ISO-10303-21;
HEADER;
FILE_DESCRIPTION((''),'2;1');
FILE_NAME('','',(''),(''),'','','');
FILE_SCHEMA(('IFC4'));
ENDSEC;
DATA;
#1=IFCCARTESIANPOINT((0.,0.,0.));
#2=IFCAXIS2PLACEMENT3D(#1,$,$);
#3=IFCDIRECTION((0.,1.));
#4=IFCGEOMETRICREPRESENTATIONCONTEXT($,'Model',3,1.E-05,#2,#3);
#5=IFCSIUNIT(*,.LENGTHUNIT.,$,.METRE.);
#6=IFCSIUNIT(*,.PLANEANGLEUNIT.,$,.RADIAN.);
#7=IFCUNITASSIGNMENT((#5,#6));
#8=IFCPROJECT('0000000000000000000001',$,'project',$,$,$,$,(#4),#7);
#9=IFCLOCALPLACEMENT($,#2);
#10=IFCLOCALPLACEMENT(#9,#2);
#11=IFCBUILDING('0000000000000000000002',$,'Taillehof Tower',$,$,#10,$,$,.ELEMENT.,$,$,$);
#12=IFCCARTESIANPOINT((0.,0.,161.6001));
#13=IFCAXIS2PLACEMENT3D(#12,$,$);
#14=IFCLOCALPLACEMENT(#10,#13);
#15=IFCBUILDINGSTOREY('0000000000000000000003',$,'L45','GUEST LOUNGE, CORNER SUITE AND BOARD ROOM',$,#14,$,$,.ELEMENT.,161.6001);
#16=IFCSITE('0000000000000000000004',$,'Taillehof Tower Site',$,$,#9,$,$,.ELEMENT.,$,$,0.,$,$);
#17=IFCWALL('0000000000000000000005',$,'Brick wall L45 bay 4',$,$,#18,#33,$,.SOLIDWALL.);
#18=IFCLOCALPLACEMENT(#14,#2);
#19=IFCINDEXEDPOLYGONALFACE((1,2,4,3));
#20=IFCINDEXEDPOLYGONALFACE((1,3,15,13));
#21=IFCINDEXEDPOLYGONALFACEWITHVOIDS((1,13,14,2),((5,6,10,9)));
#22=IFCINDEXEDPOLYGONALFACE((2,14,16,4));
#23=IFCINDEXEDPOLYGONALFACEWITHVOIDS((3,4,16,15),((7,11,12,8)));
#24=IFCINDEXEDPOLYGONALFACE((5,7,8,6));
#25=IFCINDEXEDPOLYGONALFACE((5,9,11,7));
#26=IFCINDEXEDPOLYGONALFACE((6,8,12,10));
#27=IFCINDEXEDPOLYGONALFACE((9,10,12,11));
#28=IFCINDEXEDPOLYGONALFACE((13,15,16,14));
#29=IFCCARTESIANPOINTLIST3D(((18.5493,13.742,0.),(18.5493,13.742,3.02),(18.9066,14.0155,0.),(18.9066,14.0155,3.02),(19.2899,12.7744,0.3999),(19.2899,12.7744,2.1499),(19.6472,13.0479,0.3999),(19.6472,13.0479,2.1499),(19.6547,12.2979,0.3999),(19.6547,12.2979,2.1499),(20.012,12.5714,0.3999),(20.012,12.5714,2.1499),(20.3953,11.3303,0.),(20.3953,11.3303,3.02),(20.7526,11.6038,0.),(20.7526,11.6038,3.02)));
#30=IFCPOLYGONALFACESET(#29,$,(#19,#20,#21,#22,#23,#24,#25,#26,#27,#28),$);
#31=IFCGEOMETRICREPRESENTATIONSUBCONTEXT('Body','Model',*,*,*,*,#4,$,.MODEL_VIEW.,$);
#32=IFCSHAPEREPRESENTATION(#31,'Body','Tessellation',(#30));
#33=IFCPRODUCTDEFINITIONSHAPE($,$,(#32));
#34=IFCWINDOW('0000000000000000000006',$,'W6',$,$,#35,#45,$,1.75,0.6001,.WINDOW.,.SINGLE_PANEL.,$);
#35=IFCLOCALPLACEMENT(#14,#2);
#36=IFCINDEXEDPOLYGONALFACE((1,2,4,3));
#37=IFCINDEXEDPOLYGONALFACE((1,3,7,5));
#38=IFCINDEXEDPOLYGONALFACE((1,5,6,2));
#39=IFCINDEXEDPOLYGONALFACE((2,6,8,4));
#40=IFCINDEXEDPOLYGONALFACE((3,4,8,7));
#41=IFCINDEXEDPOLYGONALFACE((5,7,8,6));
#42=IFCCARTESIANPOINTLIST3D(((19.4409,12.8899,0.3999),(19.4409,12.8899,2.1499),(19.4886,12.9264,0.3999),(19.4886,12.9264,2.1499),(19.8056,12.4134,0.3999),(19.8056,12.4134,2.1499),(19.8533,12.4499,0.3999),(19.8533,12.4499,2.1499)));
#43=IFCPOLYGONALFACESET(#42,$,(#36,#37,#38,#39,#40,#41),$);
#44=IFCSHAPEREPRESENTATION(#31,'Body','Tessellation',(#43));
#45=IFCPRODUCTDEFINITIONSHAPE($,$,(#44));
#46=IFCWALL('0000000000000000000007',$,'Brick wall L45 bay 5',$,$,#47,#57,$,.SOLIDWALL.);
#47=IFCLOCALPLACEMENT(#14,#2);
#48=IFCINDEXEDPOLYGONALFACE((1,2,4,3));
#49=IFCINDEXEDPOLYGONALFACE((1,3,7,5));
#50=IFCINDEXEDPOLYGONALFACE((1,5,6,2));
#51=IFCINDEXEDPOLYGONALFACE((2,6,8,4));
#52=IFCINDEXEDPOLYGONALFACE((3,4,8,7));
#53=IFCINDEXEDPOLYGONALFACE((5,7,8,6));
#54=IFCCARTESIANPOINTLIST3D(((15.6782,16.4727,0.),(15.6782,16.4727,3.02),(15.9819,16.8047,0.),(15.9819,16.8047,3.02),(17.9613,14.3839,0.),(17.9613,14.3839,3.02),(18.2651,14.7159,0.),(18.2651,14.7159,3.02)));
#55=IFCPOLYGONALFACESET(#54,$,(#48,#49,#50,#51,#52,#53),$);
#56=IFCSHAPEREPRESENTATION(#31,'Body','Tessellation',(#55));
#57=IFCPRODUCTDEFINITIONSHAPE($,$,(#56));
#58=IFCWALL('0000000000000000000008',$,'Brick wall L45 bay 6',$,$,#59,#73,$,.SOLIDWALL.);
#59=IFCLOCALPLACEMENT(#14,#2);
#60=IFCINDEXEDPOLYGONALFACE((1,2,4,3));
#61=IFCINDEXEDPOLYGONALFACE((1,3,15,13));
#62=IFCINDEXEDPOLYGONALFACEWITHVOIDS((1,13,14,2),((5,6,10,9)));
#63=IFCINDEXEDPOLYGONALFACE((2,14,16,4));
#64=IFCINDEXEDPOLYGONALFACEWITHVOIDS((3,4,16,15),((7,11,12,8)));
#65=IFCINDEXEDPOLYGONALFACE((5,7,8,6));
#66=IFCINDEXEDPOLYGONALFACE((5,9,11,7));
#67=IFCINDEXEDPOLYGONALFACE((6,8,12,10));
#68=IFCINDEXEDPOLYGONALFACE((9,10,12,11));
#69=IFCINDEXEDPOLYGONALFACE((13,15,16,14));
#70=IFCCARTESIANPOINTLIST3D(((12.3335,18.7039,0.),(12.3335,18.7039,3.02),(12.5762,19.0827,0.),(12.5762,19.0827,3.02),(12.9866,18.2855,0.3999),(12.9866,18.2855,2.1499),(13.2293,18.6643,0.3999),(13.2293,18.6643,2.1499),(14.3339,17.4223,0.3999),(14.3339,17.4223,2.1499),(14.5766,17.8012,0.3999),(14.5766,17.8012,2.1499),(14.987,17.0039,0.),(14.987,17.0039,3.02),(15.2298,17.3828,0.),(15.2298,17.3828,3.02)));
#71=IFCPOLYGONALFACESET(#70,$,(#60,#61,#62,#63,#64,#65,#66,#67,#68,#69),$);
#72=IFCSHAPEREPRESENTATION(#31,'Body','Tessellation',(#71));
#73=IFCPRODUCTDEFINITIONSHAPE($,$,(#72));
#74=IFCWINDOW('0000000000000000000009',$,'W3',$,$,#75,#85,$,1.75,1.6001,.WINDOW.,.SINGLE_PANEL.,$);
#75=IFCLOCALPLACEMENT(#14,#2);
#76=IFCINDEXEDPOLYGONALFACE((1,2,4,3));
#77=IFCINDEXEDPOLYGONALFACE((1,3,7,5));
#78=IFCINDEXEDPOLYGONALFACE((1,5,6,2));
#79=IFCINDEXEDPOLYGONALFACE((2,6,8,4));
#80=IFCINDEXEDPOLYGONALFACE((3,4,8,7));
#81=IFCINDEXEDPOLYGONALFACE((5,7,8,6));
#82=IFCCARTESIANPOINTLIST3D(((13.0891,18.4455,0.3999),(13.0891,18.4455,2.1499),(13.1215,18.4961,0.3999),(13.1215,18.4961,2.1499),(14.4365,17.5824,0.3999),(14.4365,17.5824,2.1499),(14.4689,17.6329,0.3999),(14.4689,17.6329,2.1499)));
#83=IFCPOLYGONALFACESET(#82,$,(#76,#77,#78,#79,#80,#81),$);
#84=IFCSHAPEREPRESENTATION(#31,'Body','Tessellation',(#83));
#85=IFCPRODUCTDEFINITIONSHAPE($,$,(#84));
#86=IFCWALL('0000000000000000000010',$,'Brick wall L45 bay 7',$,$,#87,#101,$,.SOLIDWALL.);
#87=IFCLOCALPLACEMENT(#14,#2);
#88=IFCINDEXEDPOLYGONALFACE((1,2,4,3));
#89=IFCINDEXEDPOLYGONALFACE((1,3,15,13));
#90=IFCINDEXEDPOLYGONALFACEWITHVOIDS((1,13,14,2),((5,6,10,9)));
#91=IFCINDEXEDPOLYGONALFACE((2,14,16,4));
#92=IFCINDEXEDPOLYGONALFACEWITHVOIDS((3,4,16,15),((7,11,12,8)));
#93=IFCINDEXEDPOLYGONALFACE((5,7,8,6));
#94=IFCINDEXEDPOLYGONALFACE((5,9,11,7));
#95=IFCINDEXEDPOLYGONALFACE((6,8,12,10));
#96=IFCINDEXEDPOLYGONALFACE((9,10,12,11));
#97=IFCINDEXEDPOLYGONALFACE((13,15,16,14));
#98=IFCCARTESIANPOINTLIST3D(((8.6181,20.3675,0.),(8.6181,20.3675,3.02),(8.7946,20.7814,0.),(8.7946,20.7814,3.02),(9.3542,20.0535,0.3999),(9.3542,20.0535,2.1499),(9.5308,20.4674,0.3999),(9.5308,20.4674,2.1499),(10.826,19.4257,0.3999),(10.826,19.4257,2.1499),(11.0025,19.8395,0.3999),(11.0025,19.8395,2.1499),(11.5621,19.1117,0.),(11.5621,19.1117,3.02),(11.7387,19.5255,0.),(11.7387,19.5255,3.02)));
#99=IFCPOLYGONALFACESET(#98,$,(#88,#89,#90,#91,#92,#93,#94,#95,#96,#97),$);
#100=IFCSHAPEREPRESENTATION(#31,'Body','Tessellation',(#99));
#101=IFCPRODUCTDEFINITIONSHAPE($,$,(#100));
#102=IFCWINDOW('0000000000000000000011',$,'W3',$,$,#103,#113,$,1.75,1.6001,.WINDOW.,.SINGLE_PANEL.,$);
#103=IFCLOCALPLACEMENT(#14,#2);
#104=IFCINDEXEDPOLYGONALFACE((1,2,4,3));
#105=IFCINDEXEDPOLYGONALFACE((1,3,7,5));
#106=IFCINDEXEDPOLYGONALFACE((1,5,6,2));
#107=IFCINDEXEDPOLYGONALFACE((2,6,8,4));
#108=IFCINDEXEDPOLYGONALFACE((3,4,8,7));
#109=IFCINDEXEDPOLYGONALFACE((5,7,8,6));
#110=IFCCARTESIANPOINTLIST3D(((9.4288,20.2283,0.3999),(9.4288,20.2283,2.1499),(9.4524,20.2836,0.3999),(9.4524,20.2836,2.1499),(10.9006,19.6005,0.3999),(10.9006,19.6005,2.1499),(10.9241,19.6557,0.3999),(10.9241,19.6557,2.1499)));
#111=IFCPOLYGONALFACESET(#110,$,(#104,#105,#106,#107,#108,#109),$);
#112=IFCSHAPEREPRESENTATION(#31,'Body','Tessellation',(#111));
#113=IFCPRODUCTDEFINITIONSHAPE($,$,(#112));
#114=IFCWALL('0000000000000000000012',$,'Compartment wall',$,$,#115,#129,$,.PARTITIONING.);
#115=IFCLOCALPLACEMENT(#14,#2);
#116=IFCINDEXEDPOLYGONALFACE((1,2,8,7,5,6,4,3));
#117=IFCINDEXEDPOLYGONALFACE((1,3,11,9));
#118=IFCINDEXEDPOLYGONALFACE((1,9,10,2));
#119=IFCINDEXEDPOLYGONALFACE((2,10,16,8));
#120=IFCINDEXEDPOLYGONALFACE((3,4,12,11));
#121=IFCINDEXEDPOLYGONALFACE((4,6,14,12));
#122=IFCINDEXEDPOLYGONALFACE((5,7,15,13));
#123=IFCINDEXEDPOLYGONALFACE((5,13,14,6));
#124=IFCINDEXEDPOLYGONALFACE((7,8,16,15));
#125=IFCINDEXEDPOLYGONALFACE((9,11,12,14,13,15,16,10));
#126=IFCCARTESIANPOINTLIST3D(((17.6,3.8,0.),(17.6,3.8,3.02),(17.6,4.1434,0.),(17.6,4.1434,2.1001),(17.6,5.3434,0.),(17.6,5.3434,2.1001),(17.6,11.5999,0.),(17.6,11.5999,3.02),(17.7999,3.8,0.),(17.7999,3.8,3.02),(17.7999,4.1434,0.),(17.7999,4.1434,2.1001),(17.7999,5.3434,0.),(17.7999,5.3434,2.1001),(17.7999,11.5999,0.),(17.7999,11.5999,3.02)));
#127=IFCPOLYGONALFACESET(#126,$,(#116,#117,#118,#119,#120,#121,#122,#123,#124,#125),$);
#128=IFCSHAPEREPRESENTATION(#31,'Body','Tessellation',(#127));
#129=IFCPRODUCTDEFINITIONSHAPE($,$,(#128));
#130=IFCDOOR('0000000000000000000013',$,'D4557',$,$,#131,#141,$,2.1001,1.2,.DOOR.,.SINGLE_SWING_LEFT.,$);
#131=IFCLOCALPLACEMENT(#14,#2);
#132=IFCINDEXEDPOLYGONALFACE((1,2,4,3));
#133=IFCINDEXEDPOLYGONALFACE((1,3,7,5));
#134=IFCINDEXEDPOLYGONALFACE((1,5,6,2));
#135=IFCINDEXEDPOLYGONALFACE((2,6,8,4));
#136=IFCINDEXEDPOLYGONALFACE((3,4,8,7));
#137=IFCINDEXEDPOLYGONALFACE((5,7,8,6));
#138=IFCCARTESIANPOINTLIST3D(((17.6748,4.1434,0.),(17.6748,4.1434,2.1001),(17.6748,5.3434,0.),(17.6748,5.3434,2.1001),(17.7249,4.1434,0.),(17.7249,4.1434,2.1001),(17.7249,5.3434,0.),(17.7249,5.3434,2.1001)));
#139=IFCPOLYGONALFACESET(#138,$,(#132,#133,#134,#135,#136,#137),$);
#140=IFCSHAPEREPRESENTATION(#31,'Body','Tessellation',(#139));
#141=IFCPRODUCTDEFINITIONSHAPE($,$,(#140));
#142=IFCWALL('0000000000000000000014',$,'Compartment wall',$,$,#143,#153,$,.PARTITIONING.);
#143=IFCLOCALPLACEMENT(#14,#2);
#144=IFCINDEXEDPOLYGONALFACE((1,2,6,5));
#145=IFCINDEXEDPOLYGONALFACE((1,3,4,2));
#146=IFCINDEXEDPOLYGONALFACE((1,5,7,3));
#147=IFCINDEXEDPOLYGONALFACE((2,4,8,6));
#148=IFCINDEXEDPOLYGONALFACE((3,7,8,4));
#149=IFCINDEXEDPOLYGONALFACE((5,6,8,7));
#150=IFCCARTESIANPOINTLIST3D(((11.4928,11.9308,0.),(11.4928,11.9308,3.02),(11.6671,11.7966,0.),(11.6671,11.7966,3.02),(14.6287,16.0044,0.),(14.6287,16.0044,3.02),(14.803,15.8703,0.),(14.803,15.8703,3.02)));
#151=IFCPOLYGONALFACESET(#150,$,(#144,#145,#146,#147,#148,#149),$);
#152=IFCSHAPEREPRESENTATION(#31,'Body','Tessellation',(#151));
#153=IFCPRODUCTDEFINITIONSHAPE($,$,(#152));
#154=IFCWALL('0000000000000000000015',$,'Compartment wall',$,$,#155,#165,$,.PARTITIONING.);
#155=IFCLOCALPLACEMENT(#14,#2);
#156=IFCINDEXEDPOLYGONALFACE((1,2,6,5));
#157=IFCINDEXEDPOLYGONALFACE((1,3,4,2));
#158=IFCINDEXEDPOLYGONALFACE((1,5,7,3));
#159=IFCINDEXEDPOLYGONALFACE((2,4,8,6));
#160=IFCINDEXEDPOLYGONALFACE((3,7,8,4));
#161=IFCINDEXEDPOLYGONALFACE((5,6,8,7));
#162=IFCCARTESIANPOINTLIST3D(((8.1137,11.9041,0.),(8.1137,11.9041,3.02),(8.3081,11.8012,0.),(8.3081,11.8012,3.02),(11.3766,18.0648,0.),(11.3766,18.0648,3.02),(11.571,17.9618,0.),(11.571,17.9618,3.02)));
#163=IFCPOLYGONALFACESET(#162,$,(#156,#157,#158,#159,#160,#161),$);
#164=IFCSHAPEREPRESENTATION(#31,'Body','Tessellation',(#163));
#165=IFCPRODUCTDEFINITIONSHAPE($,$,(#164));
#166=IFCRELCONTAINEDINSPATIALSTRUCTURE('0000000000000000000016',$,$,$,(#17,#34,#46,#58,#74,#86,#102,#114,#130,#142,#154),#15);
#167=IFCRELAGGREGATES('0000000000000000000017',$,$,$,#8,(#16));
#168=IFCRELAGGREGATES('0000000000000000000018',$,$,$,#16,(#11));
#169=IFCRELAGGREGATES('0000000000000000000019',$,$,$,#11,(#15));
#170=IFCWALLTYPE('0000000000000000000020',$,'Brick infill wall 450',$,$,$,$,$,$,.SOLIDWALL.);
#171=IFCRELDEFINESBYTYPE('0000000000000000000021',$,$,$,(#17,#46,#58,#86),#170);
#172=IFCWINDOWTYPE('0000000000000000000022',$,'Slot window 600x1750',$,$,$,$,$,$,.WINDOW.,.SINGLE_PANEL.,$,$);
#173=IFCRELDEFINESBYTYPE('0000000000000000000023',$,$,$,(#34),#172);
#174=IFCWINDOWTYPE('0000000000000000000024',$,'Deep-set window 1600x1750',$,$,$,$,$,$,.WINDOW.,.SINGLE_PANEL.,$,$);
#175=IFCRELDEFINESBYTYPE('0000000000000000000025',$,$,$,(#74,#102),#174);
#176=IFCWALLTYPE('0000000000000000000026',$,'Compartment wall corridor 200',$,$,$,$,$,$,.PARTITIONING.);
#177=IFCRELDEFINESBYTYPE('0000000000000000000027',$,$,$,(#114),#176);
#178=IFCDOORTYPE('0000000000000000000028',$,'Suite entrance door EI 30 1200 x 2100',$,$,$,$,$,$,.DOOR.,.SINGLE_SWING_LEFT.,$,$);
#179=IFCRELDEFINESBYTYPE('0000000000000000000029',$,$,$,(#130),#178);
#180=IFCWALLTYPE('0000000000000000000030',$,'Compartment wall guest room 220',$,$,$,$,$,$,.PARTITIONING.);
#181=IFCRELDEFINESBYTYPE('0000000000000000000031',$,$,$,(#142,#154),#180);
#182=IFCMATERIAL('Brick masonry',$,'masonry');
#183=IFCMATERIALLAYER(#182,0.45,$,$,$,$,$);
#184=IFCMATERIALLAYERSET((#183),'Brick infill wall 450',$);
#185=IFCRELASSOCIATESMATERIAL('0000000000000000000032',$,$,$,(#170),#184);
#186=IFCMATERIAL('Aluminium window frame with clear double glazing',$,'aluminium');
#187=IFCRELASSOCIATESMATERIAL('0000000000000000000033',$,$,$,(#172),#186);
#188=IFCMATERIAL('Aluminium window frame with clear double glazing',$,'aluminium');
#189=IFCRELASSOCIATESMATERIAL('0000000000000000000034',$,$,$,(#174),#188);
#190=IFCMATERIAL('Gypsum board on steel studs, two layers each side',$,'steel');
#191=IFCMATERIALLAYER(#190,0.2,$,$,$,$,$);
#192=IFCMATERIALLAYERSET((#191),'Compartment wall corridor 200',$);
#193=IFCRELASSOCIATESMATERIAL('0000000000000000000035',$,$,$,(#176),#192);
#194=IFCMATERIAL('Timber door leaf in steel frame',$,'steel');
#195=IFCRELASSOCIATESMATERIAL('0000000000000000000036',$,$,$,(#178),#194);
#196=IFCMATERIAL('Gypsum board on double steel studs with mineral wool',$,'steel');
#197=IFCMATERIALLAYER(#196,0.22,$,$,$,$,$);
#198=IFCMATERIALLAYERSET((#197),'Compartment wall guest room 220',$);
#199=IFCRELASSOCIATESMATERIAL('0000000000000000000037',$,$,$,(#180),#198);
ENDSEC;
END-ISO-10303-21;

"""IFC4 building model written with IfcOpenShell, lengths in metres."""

from ifc_helpers import new_model, si_unit, direction, frame, frame_2d, origin, place, context, subcontext, project, spatial, rectangle, extrude, material, layer, layer_set, type_object, element, fill, save


model = new_model("IFC4")

# Units and contexts
model_context = context("Model", 3, precision=1e-05, world=origin(), true_north=direction((0.0, 1.0)))
body_context = subcontext(model_context, "Body", "Model", "MODEL_VIEW")
ifc_project = project(units=[si_unit("LENGTHUNIT", "METRE"), si_unit("PLANEANGLEUNIT", "RADIAN")], contexts=[model_context])

# Site, building, storey
site_placement = place(None, origin())
site = spatial("IfcSite", under=ifc_project, at=site_placement, Name="Taillehof Tower Site", CompositionType="ELEMENT", RefElevation=0.0)
building_placement = place(site_placement, origin())
building = spatial("IfcBuilding", under=site, at=building_placement, Name="Taillehof Tower", CompositionType="ELEMENT")
storey_placement = place(building_placement, frame((0.0, 0.0, 161.6001)))
storey = spatial("IfcBuildingStorey", under=building, at=storey_placement, Name="L45", Description="GUEST LOUNGE, CORNER SUITE AND BOARD ROOM", CompositionType="ELEMENT", Elevation=161.6001)

# Wall, opening, window
ifc_material_1 = material(Name="Brick masonry", Category="masonry")
ifc_layer_1 = layer(ifc_material_1, 0.45)
ifc_layer_set_1 = layer_set([ifc_layer_1], Name="Brick infill wall 450")
wall_type_1 = type_object("IfcWallType", Name="Brick infill wall 450", PredefinedType="SOLIDWALL", material=ifc_layer_set_1)
wall_1_placement = place(storey_placement, frame((20.574, 11.467, 0.0), z_axis=(0.0, 0.0, 1.0), x_axis=(-0.607817, 0.794077, 0.0)))
wall_1 = element("IfcWall", 1, at=wall_1_placement, inside=storey, type_object=wall_type_1, Name="Brick wall L45 bay 4", PredefinedType="SOLIDWALL", context=body_context, shape_type="SweptSolid", body=[
    extrude(rectangle(XDim=3.0371, YDim=0.45, at=frame_2d((1.5186, 0.0))), origin(), (0.0, 0.0, 1.0), 3.02),
])
opening_1_placement = place(wall_1_placement, frame((1.2185, 0.0, 0.3999)))
opening_1 = element("IfcOpeningElement", 2, at=opening_1_placement, cuts=wall_1, PredefinedType="OPENING", context=body_context, shape_type="SweptSolid", body=[
    extrude(rectangle(XDim=0.6001, YDim=1.75, at=frame_2d((0.3, 0.875))), frame((0.0, 0.2349, 0.0), z_axis=(0.0, -1.0, 0.0), x_axis=(1.0, 0.0, 0.0)), (0.0, 0.0, 1.0), 0.47),
])
ifc_material_2 = material(Name="Aluminium window frame with clear double glazing", Category="aluminium")
window_type_1 = type_object("IfcWindowType", Name="Slot window 600x1750", PartitioningType="SINGLE_PANEL", PredefinedType="WINDOW", material=ifc_material_2)
window_1_placement = place(opening_1_placement, origin())
window_1 = element("IfcWindow", 3, at=window_1_placement, inside=storey, type_object=window_type_1, Name="W6", OverallHeight=1.75, OverallWidth=0.6001, PartitioningType="SINGLE_PANEL", PredefinedType="WINDOW", context=body_context, shape_type="SweptSolid", body=[
    extrude(rectangle(XDim=0.6001, YDim=1.75, at=frame_2d((0.3, 0.875))), frame((0.0, 0.0349, 0.0), z_axis=(0.0, -1.0, 0.0), x_axis=(1.0, 0.0, 0.0)), (0.0, 0.0, 1.0), 0.0601),
])
fill(opening_1, window_1)

# Wall
wall_2_placement = place(storey_placement, frame((18.1133, 14.5498, 0.0), z_axis=(0.0, 0.0, 1.0), x_axis=(-0.737809, 0.67501, 0.0)))
element("IfcWall", 4, at=wall_2_placement, inside=storey, type_object=wall_type_1, Name="Brick wall L45 bay 5", PredefinedType="SOLIDWALL", context=body_context, shape_type="SweptSolid", body=[
    extrude(rectangle(XDim=3.0945, YDim=0.45, at=frame_2d((1.5474, 0.0))), origin(), (0.0, 0.0, 1.0), 3.02),
])

# Walls, openings, windows
wall_3_placement = place(storey_placement, frame((15.1084, 17.1934, 0.0), z_axis=(0.0, 0.0, 1.0), x_axis=(-0.842031, 0.53943, 0.0)))
wall_3 = element("IfcWall", 5, at=wall_3_placement, inside=storey, type_object=wall_type_1, Name="Brick wall L45 bay 6", PredefinedType="SOLIDWALL", context=body_context, shape_type="SweptSolid", body=[
    extrude(rectangle(XDim=3.1514, YDim=0.45, at=frame_2d((1.5757, 0.0))), origin(), (0.0, 0.0, 1.0), 3.02),
])
opening_2_placement = place(wall_3_placement, frame((0.7756, 0.0, 0.3999)))
opening_2 = element("IfcOpeningElement", 6, at=opening_2_placement, cuts=wall_3, PredefinedType="OPENING", context=body_context, shape_type="SweptSolid", body=[
    extrude(rectangle(XDim=1.6001, YDim=1.75, at=frame_2d((0.8, 0.875))), frame((0.0, 0.2349, 0.0), z_axis=(0.0, -1.0, 0.0), x_axis=(1.0, 0.0, 0.0)), (0.0, 0.0, 1.0), 0.47),
])
ifc_material_3 = material(Name="Aluminium window frame with clear double glazing", Category="aluminium")
window_type_2 = type_object("IfcWindowType", Name="Deep-set window 1600x1750", PartitioningType="SINGLE_PANEL", PredefinedType="WINDOW", material=ifc_material_3)
window_2_placement = place(opening_2_placement, origin())
window_2 = element("IfcWindow", 7, at=window_2_placement, inside=storey, type_object=window_type_2, Name="W3", OverallHeight=1.75, OverallWidth=1.6001, PartitioningType="SINGLE_PANEL", PredefinedType="WINDOW", context=body_context, shape_type="SweptSolid", body=[
    extrude(rectangle(XDim=1.6001, YDim=1.75, at=frame_2d((0.8, 0.875))), frame((0.0, 0.0349, 0.0), z_axis=(0.0, -1.0, 0.0), x_axis=(1.0, 0.0, 0.0)), (0.0, 0.0, 1.0), 0.0601),
])
fill(opening_2, window_2)
wall_4_placement = place(storey_placement, frame((11.6504, 19.3186, 0.0), z_axis=(0.0, 0.0, 1.0), x_axis=(-0.91981, 0.392363, 0.0)))
wall_4 = element("IfcWall", 8, at=wall_4_placement, inside=storey, type_object=wall_type_1, Name="Brick wall L45 bay 7", PredefinedType="SOLIDWALL", context=body_context, shape_type="SweptSolid", body=[
    extrude(rectangle(XDim=3.2007, YDim=0.45, at=frame_2d((1.6003, 0.0))), origin(), (0.0, 0.0, 1.0), 3.02),
])
opening_3_placement = place(wall_4_placement, frame((0.8003, 0.0, 0.3999)))
opening_3 = element("IfcOpeningElement", 9, at=opening_3_placement, cuts=wall_4, PredefinedType="OPENING", context=body_context, shape_type="SweptSolid", body=[
    extrude(rectangle(XDim=1.6001, YDim=1.75, at=frame_2d((0.8, 0.875))), frame((0.0, 0.2349, 0.0), z_axis=(0.0, -1.0, 0.0), x_axis=(1.0, 0.0, 0.0)), (0.0, 0.0, 1.0), 0.47),
])
window_3_placement = place(opening_3_placement, origin())
window_3 = element("IfcWindow", 10, at=window_3_placement, inside=storey, type_object=window_type_2, Name="W3", OverallHeight=1.75, OverallWidth=1.6001, PartitioningType="SINGLE_PANEL", PredefinedType="WINDOW", context=body_context, shape_type="SweptSolid", body=[
    extrude(rectangle(XDim=1.6001, YDim=1.75, at=frame_2d((0.8, 0.875))), frame((0.0, 0.0349, 0.0), z_axis=(0.0, -1.0, 0.0), x_axis=(1.0, 0.0, 0.0)), (0.0, 0.0, 1.0), 0.0601),
])
fill(opening_3, window_3)

# Wall, opening, door
ifc_material_4 = material(Name="Gypsum board on steel studs, two layers each side", Category="steel")
ifc_layer_2 = layer(ifc_material_4, 0.2)
ifc_layer_set_2 = layer_set([ifc_layer_2], Name="Compartment wall corridor 200")
wall_type_2 = type_object("IfcWallType", Name="Compartment wall corridor 200", PredefinedType="PARTITIONING", material=ifc_layer_set_2)
wall_5_placement = place(storey_placement, frame((17.7, 11.5999, 0.0), z_axis=(0.0, 0.0, 1.0), x_axis=(0.0, -1.0, 0.0)))
wall_5 = element("IfcWall", 11, at=wall_5_placement, inside=storey, type_object=wall_type_2, Name="Compartment wall", PredefinedType="PARTITIONING", context=body_context, shape_type="SweptSolid", body=[
    extrude(rectangle(XDim=7.7998, YDim=0.2, at=frame_2d((3.8999, 0.0))), origin(), (0.0, 0.0, 1.0), 3.02),
])
opening_4_placement = place(wall_5_placement, frame((6.2563, 0.0, 0.0)))
opening_4 = element("IfcOpeningElement", 12, at=opening_4_placement, cuts=wall_5, PredefinedType="OPENING", context=body_context, shape_type="SweptSolid", body=[
    extrude(rectangle(XDim=1.2, YDim=2.1001, at=frame_2d((0.6001, 1.05))), frame((0.0, 0.1099, 0.0), z_axis=(0.0, -1.0, 0.0), x_axis=(1.0, 0.0, 0.0)), (0.0, 0.0, 1.0), 0.22),
])
ifc_material_5 = material(Name="Timber door leaf in steel frame", Category="steel")
door_type = type_object("IfcDoorType", Name="Suite entrance door EI 30 1200 x 2100", OperationType="SINGLE_SWING_LEFT", PredefinedType="DOOR", material=ifc_material_5)
door_placement = place(opening_4_placement, origin())
door = element("IfcDoor", 13, at=door_placement, inside=storey, type_object=door_type, Name="D4557", OperationType="SINGLE_SWING_LEFT", OverallHeight=2.1001, OverallWidth=1.2, PredefinedType="DOOR", context=body_context, shape_type="SweptSolid", body=[
    extrude(rectangle(XDim=1.2, YDim=2.1001, at=frame_2d((0.6001, 1.05))), frame((0.0, 0.0249, 0.0), z_axis=(0.0, -1.0, 0.0), x_axis=(1.0, 0.0, 0.0)), (0.0, 0.0, 1.0), 0.05),
])
fill(opening_4, door)

# Walls
ifc_material_6 = material(Name="Gypsum board on double steel studs with mineral wool", Category="steel")
ifc_layer_3 = layer(ifc_material_6, 0.22)
ifc_layer_set_3 = layer_set([ifc_layer_3], Name="Compartment wall guest room 220")
wall_type_3 = type_object("IfcWallType", Name="Compartment wall guest room 220", PredefinedType="PARTITIONING", material=ifc_layer_set_3)
wall_6_placement = place(storey_placement, frame((14.7158, 15.9373, 0.0), z_axis=(0.0, 0.0, 1.0), x_axis=(-0.609998, -0.792403, 0.0)))
element("IfcWall", 14, at=wall_6_placement, inside=storey, type_object=wall_type_3, Name="Compartment wall", PredefinedType="PARTITIONING", context=body_context, shape_type="SweptSolid", body=[
    extrude(rectangle(XDim=5.1409, YDim=0.22, at=frame_2d((2.5703, 0.0))), origin(), (0.0, 0.0, 1.0), 3.02),
])
wall_7_placement = place(storey_placement, frame((11.4739, 18.0134, 0.0), z_axis=(0.0, 0.0, 1.0), x_axis=(-0.468047, -0.883704, 0.0)))
element("IfcWall", 15, at=wall_7_placement, inside=storey, type_object=wall_type_3, Name="Compartment wall", PredefinedType="PARTITIONING", context=body_context, shape_type="SweptSolid", body=[
    extrude(rectangle(XDim=6.9714, YDim=0.22, at=frame_2d((3.4858, 0.0))), origin(), (0.0, 0.0, 1.0), 3.02),
])

save(model, "model.ifc")
